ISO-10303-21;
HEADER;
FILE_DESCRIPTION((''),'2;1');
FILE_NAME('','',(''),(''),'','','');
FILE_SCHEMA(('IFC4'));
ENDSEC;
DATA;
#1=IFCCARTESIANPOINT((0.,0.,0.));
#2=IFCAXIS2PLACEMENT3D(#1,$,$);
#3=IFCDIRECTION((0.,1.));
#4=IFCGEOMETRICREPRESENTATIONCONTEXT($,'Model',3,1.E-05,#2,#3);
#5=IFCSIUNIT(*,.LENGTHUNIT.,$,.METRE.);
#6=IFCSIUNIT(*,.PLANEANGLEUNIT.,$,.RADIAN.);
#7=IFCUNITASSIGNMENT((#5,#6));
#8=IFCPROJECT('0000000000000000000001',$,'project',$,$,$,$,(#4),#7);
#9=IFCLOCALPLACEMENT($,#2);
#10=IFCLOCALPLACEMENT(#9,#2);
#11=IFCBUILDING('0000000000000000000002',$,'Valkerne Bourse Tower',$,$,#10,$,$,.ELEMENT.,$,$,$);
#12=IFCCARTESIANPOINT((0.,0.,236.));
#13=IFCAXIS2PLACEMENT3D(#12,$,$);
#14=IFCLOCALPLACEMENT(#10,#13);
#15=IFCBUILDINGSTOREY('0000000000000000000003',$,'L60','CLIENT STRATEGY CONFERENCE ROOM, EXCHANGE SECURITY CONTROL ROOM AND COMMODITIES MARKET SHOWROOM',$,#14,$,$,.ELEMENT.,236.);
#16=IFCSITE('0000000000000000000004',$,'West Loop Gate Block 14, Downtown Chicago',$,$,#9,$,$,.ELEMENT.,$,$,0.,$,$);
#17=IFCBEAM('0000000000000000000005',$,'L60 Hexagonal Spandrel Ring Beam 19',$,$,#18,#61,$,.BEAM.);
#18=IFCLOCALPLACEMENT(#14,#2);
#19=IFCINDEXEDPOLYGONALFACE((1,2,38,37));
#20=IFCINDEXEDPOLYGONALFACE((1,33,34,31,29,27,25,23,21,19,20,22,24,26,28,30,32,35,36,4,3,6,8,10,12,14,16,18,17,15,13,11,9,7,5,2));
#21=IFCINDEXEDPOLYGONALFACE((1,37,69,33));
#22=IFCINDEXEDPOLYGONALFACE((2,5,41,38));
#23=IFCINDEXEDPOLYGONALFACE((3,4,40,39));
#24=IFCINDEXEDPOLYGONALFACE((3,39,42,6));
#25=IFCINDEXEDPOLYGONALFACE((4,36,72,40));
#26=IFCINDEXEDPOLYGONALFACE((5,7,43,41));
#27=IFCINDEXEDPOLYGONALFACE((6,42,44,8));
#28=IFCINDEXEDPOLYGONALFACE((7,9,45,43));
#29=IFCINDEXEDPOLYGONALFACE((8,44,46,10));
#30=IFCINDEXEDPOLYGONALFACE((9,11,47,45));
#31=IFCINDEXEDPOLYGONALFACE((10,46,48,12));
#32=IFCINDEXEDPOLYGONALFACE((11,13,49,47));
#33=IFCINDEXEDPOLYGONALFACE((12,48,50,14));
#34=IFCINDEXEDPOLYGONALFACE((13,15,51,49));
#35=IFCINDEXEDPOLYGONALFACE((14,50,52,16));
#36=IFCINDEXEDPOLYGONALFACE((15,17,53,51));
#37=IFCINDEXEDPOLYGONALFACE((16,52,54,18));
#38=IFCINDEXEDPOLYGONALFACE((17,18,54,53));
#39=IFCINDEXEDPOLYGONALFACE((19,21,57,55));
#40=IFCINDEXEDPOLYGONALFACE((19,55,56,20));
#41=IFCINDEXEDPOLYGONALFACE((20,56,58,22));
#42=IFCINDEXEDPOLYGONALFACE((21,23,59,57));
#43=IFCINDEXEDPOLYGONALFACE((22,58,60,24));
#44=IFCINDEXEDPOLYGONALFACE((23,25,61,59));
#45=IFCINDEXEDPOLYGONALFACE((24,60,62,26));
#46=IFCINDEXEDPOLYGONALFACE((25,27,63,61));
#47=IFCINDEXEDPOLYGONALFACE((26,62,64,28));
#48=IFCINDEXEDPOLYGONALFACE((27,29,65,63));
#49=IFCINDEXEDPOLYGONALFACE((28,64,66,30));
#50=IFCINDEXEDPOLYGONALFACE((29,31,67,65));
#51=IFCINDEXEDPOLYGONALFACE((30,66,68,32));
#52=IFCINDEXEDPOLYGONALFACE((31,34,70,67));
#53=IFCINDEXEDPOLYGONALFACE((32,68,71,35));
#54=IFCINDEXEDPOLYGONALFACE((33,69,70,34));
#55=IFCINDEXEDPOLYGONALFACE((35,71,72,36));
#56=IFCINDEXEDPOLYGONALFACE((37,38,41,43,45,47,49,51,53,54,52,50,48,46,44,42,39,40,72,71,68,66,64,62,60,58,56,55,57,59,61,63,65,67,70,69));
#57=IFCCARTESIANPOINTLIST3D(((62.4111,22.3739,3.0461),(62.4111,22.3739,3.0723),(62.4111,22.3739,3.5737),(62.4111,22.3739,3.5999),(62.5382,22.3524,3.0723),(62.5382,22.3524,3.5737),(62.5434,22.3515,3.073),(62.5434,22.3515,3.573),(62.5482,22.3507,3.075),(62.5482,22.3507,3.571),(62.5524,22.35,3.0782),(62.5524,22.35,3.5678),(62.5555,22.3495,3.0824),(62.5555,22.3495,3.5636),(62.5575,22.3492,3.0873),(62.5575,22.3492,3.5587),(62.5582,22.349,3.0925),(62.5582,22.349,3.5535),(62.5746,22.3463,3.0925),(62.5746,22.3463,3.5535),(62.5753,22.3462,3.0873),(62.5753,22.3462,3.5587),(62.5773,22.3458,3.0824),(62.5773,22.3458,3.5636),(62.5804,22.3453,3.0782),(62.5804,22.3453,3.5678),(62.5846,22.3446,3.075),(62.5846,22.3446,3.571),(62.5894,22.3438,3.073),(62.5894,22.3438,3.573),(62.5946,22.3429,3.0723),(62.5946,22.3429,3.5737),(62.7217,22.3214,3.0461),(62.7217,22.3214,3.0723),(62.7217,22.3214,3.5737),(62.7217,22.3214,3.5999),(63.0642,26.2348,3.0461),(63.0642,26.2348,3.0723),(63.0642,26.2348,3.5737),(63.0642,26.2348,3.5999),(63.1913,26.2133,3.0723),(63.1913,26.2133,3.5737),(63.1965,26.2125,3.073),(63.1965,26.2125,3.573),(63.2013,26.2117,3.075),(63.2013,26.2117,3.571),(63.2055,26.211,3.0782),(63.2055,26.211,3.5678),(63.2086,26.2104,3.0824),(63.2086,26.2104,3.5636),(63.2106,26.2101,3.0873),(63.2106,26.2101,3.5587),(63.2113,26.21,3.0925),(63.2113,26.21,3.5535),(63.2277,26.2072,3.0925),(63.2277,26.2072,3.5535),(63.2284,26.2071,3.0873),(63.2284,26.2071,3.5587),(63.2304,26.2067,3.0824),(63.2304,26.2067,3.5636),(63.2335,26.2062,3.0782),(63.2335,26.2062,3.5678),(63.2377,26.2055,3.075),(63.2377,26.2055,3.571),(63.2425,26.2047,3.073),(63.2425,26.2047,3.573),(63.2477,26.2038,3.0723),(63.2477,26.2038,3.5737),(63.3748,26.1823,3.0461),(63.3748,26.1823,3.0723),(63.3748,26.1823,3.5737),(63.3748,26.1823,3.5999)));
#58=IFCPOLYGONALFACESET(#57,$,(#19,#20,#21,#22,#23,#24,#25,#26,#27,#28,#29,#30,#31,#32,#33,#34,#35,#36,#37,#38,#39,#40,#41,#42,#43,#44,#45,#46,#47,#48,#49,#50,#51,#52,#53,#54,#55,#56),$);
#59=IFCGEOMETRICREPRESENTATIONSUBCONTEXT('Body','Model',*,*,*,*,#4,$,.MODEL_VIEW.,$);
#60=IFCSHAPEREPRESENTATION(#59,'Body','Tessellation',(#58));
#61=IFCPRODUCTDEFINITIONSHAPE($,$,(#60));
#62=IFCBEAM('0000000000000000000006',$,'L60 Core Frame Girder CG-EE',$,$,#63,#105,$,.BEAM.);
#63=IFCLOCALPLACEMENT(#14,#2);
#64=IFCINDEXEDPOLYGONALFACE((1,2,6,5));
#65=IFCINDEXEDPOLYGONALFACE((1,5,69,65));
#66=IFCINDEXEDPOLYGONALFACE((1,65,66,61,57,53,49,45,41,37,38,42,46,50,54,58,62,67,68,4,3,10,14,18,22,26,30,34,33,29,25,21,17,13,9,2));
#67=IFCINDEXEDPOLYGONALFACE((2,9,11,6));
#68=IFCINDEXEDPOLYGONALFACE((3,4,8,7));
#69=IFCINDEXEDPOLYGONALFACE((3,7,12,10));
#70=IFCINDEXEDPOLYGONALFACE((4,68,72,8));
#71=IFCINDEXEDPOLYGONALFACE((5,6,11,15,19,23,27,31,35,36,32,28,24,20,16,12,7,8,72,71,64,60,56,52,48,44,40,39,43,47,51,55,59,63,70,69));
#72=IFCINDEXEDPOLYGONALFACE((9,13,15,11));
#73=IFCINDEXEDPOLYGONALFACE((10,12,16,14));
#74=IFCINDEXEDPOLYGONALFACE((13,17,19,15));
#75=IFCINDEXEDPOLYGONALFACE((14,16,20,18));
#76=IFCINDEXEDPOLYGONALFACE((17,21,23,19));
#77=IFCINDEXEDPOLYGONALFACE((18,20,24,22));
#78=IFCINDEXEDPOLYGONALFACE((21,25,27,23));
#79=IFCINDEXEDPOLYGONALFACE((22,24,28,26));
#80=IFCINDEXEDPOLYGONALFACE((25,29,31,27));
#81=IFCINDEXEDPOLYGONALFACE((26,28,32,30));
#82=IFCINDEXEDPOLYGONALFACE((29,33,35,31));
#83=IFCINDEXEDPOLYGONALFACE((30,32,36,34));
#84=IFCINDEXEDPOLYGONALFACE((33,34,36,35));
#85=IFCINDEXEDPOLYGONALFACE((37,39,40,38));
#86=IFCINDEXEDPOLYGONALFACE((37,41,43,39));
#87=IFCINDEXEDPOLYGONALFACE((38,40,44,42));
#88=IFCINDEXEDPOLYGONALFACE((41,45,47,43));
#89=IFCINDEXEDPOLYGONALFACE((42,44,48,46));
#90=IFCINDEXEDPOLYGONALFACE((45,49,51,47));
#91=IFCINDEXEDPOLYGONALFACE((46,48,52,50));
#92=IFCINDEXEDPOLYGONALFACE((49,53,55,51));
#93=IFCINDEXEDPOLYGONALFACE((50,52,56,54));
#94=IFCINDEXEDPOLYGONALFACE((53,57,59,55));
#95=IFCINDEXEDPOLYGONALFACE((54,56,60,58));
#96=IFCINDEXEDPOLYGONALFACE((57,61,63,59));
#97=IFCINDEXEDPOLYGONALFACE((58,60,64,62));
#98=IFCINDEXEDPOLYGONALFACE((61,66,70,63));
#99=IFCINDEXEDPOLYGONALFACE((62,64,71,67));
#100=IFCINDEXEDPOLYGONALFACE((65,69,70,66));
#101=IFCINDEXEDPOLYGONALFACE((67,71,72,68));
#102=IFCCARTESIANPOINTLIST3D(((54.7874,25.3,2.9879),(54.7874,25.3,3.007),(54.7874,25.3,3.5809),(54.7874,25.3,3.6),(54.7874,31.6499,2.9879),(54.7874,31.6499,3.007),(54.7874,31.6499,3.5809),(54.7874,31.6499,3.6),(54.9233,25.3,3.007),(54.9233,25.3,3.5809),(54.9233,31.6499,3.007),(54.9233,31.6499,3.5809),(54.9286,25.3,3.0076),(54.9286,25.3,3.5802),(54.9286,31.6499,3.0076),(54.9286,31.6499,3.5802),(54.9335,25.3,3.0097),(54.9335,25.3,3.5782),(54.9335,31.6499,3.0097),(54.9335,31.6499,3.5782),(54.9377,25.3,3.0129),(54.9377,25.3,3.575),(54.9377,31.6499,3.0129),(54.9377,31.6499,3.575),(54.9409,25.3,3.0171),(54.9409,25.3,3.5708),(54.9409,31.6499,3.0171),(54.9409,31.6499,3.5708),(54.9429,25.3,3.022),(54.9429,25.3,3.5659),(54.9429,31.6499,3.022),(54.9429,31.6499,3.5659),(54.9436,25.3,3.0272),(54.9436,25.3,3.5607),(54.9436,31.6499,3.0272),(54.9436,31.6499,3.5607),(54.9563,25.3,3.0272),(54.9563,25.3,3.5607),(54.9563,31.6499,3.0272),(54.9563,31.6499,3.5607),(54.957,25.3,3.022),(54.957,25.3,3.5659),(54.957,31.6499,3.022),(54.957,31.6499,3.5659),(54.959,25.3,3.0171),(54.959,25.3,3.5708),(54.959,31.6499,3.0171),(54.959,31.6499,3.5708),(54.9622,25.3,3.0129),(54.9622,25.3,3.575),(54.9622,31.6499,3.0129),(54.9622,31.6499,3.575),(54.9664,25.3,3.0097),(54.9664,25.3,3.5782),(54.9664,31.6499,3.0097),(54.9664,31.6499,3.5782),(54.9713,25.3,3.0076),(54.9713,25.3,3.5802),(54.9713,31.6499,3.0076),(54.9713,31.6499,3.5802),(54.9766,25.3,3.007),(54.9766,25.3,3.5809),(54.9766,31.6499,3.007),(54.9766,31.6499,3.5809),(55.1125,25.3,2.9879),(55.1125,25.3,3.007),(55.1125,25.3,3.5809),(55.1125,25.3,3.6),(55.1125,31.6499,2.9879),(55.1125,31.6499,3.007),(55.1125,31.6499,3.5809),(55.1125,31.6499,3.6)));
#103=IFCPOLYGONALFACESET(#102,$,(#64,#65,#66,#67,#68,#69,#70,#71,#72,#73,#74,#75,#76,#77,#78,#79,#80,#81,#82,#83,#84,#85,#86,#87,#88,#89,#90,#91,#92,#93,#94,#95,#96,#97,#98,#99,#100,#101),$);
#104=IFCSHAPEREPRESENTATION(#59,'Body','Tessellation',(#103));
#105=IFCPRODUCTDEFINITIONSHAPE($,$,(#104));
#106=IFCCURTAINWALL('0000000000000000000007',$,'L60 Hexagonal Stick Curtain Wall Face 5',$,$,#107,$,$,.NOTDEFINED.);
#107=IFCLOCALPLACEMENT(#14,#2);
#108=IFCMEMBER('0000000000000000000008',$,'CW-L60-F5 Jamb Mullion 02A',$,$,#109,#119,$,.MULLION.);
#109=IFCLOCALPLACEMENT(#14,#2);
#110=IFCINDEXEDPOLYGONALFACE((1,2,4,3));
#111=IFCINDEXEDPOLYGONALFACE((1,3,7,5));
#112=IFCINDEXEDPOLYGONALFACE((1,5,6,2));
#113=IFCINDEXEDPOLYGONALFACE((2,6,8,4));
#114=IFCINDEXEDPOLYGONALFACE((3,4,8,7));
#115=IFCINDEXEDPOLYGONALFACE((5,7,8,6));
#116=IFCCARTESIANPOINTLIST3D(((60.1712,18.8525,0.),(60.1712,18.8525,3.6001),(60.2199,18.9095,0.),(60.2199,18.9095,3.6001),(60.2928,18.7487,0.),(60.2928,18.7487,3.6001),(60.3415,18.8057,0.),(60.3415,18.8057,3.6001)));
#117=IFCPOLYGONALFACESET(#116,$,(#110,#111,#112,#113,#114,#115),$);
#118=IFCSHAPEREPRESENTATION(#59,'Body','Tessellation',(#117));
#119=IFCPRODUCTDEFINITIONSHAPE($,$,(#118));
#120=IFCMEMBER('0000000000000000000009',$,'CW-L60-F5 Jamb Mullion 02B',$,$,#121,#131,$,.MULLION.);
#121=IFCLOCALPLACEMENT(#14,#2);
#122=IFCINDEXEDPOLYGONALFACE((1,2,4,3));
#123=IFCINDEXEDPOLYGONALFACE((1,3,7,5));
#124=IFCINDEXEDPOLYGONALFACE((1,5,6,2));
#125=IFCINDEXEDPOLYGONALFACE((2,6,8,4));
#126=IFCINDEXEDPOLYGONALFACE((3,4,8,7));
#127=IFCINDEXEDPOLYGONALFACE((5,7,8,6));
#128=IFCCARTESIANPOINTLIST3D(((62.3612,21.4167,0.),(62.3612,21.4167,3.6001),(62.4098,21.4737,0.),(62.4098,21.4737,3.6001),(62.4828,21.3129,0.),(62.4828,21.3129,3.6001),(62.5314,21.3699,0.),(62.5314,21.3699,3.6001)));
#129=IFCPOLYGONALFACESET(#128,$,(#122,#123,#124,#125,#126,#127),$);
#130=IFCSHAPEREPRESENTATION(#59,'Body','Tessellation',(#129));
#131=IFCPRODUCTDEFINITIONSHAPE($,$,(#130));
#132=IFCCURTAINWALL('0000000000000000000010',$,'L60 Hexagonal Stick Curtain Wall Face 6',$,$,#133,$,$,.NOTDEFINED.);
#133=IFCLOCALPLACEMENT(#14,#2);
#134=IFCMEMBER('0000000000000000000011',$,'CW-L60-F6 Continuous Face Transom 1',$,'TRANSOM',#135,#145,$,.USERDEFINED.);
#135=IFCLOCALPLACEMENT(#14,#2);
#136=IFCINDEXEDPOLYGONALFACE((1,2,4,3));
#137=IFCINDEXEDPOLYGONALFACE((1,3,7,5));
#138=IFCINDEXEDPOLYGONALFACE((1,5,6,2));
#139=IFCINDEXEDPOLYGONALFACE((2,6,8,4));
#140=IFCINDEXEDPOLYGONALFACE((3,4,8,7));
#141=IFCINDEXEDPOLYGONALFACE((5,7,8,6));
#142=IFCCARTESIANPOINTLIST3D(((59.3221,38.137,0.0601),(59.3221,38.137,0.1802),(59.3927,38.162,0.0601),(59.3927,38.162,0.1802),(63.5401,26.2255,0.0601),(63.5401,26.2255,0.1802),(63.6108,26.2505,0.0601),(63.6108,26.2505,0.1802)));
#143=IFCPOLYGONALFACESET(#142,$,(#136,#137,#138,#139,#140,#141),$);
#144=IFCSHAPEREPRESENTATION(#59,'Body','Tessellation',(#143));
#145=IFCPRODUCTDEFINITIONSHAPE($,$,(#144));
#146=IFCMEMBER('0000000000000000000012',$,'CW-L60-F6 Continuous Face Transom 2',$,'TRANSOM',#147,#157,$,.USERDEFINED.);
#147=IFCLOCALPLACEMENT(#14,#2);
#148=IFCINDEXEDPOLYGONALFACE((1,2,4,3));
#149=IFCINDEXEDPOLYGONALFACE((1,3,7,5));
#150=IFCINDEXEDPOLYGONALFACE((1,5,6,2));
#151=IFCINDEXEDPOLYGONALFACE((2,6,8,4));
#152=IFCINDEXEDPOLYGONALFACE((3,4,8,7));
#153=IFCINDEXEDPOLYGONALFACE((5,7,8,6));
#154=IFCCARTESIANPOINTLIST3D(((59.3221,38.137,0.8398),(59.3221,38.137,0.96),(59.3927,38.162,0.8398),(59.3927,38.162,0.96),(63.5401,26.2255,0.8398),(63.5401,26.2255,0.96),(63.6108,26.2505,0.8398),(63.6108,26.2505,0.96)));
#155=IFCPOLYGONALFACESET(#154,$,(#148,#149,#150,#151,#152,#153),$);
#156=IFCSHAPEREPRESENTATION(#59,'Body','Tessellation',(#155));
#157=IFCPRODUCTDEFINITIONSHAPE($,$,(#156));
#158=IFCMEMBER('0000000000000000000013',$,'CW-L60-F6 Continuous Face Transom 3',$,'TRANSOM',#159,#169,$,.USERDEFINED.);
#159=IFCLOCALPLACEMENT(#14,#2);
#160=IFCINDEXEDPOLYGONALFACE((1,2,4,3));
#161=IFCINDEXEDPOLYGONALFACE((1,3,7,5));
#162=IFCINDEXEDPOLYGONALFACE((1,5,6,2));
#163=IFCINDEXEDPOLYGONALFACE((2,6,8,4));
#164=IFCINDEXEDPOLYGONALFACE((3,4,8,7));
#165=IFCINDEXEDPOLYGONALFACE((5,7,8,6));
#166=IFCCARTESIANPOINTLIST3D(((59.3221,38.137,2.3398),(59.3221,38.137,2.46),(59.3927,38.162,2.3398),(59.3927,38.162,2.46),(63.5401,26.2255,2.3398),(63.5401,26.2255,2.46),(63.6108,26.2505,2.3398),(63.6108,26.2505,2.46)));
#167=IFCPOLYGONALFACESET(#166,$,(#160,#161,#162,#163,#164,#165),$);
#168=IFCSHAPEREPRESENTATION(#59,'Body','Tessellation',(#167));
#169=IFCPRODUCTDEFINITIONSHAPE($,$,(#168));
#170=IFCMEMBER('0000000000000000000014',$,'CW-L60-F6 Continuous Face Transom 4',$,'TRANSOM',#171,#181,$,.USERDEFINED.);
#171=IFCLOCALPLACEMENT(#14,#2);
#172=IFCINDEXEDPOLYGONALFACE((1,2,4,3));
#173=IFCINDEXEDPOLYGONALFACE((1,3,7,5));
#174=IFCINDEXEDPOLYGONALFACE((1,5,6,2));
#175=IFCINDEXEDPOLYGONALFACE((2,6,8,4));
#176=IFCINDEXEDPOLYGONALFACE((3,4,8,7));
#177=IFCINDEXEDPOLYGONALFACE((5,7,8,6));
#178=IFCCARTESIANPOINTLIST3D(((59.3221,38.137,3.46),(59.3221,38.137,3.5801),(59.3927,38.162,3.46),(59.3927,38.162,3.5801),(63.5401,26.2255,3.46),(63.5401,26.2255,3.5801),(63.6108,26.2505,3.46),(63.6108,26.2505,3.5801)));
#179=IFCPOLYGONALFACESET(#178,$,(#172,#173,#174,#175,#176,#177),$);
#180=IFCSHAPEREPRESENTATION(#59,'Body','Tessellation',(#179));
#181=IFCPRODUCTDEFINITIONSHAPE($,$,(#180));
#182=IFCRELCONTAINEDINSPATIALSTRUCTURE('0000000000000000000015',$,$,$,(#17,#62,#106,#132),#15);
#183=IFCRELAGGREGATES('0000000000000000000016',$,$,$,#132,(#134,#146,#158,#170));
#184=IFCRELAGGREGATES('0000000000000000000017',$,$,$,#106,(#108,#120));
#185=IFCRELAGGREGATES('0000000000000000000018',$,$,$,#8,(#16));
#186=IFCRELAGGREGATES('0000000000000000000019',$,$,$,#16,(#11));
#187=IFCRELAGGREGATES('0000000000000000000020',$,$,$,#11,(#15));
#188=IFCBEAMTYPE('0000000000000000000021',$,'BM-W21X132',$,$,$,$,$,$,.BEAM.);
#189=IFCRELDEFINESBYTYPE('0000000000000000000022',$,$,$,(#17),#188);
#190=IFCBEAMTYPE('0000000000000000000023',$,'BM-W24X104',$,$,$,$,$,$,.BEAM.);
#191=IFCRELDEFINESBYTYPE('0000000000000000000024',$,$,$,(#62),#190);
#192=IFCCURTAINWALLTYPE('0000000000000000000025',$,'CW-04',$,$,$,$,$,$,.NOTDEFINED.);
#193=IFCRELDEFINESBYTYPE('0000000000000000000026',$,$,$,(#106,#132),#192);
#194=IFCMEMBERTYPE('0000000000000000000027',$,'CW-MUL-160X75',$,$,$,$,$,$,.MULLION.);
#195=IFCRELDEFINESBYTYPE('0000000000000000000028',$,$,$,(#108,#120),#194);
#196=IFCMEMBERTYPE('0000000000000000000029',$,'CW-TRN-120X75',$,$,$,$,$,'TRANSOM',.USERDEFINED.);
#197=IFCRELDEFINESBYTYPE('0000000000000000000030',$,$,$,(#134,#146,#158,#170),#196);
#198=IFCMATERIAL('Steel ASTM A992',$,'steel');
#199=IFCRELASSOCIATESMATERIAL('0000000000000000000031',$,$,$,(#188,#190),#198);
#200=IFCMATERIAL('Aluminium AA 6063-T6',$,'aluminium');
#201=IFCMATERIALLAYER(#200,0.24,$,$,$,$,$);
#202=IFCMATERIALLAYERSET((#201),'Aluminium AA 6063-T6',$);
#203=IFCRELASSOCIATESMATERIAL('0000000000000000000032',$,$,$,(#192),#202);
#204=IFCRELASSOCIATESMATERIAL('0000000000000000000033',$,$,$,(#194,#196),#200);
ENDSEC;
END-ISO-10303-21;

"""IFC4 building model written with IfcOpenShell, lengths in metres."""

from ifc_helpers import new_model, si_unit, direction, frame, origin, origin_2d, place, context, subcontext, project, spatial, rectangle, i_section, extrude, material, layer, layer_set, material_profile, profile_set, type_object, element, aggregate, save


model = new_model("IFC4")

# Units and contexts
model_context = context("Model", 3, precision=1e-05, world=origin(), true_north=direction((0.0, 1.0)))
body_context = subcontext(model_context, "Body", "Model", "MODEL_VIEW")
ifc_project = project(units=[si_unit("LENGTHUNIT", "METRE"), si_unit("PLANEANGLEUNIT", "RADIAN")], contexts=[model_context])

# Site, building, storey
site_placement = place(None, origin())
site = spatial("IfcSite", under=ifc_project, at=site_placement, Name="West Loop Gate Block 14, Downtown Chicago", CompositionType="ELEMENT", RefElevation=0.0)
building_placement = place(site_placement, origin())
building = spatial("IfcBuilding", under=site, at=building_placement, Name="Valkerne Bourse Tower", CompositionType="ELEMENT")
storey_placement = place(building_placement, frame((0.0, 0.0, 236.0)))
storey = spatial("IfcBuildingStorey", under=building, at=storey_placement, Name="L60", Description="CLIENT STRATEGY CONFERENCE ROOM, EXCHANGE SECURITY CONTROL ROOM AND COMMODITIES MARKET SHOWROOM", CompositionType="ELEMENT", Elevation=236.0)

# Beams
ifc_material_1 = material(Name="Steel ASTM A992", Category="steel")
ifc_material_profile_1 = material_profile(ifc_material_1, i_section(OverallWidth=0.3149, OverallDepth=0.5537, WebThickness=0.0166, FlangeThickness=0.0261, FilletRadius=0.0203, at=origin_2d()), Name="W21X132")
ifc_profile_set_1 = profile_set([ifc_material_profile_1], Name="Steel ASTM A992")
beam_type_1 = type_object("IfcBeamType", Name="BM-W21X132", PredefinedType="BEAM", material=ifc_profile_set_1)
beam_1_placement = place(storey_placement, frame((62.5664, 22.3477, 3.323), z_axis=(0.166785, 0.985993, 0.0), x_axis=(-0.985993, 0.166785, 0.0)))
element("IfcBeam", 1, at=beam_1_placement, inside=storey, type_object=beam_type_1, Name="L60 Hexagonal Spandrel Ring Beam 19", PredefinedType="BEAM", context=body_context, shape_type="SweptSolid", body=[
    extrude(i_section(OverallWidth=0.3149, OverallDepth=0.5537, WebThickness=0.0166, FlangeThickness=0.0261, FilletRadius=0.0203, at=origin_2d()), origin(), (0.0, 0.0, 1.0), 3.9158),
])
ifc_material_profile_2 = material_profile(ifc_material_1, i_section(OverallWidth=0.3252, OverallDepth=0.6121, WebThickness=0.0127, FlangeThickness=0.019, FilletRadius=0.0203, at=origin_2d()), Name="W24X104")
ifc_profile_set_2 = profile_set([ifc_material_profile_2], Name="Steel ASTM A992")
beam_type_2 = type_object("IfcBeamType", Name="BM-W24X104", PredefinedType="BEAM", material=ifc_profile_set_2)
beam_2_placement = place(storey_placement, frame((54.95, 25.3, 3.2939), z_axis=(0.0, 1.0, 0.0), x_axis=(-1.0, 0.0, 0.0)))
element("IfcBeam", 2, at=beam_2_placement, inside=storey, type_object=beam_type_2, Name="L60 Core Frame Girder CG-EE", PredefinedType="BEAM", context=body_context, shape_type="SweptSolid", body=[
    extrude(i_section(OverallWidth=0.3252, OverallDepth=0.6121, WebThickness=0.0127, FlangeThickness=0.019, FilletRadius=0.0203, at=origin_2d()), origin(), (0.0, 0.0, 1.0), 6.3499),
])

# Curtain walls, members
ifc_material_2 = material(Name="Aluminium AA 6063-T6", Category="aluminium")
ifc_layer_1 = layer(ifc_material_2, 0.24)
ifc_layer_set_1 = layer_set([ifc_layer_1], Name="Aluminium AA 6063-T6")
curtain_wall_type = type_object("IfcCurtainWallType", Name="CW-04", PredefinedType="NOTDEFINED", material=ifc_layer_set_1)
curtain_wall_1_placement = place(storey_placement, origin())
curtain_wall_1 = element("IfcCurtainWall", 3, at=curtain_wall_1_placement, inside=storey, type_object=curtain_wall_type, Name="L60 Hexagonal Stick Curtain Wall Face 5", PredefinedType="NOTDEFINED")
ifc_material_profile_3 = material_profile(ifc_material_2, rectangle(XDim=0.075, YDim=0.1599, at=origin_2d()), Name="CWM-75X160")
ifc_profile_set_3 = profile_set([ifc_material_profile_3], Name="Aluminium AA 6063-T6")
member_type_1 = type_object("IfcMemberType", Name="CW-MUL-160X75", PredefinedType="MULLION", material=ifc_profile_set_3)
member_1_placement = place(storey_placement, frame((60.2563, 18.8291, 0.0), z_axis=(0.0, 0.0, 1.0), x_axis=(0.649441, 0.760412, 0.0)))
member_1 = element("IfcMember", 4, at=member_1_placement, type_object=member_type_1, Name="CW-L60-F5 Jamb Mullion 02A", PredefinedType="MULLION", context=body_context, shape_type="SweptSolid", body=[
    extrude(rectangle(XDim=0.075, YDim=0.1599, at=origin_2d()), origin(), (0.0, 0.0, 1.0), 3.6001),
])
member_2_placement = place(storey_placement, frame((62.4463, 21.3933, 0.0), z_axis=(0.0, 0.0, 1.0), x_axis=(0.649441, 0.760412, 0.0)))
member_2 = element("IfcMember", 5, at=member_2_placement, type_object=member_type_1, Name="CW-L60-F5 Jamb Mullion 02B", PredefinedType="MULLION", context=body_context, shape_type="SweptSolid", body=[
    extrude(rectangle(XDim=0.075, YDim=0.1599, at=origin_2d()), origin(), (0.0, 0.0, 1.0), 3.6001),
])
curtain_wall_2_placement = place(storey_placement, origin())
curtain_wall_2 = element("IfcCurtainWall", 6, at=curtain_wall_2_placement, inside=storey, type_object=curtain_wall_type, Name="L60 Hexagonal Stick Curtain Wall Face 6", PredefinedType="NOTDEFINED")
ifc_material_profile_4 = material_profile(ifc_material_2, rectangle(XDim=0.075, YDim=0.1201, at=origin_2d()), Name="CWT-75X120")
ifc_profile_set_4 = profile_set([ifc_material_profile_4], Name="Aluminium AA 6063-T6")
member_type_2 = type_object("IfcMemberType", Name="CW-TRN-120X75", ElementType="TRANSOM", PredefinedType="USERDEFINED", material=ifc_profile_set_4)
member_3_placement = place(storey_placement, frame((63.5754, 26.238, 0.1201), z_axis=(-0.333805, 0.942642, 0.0), x_axis=(-0.942642, -0.333805, 0.0)))
member_3 = element("IfcMember", 7, at=member_3_placement, type_object=member_type_2, Name="CW-L60-F6 Continuous Face Transom 1", ObjectType="TRANSOM", PredefinedType="USERDEFINED", context=body_context, shape_type="SweptSolid", body=[
    extrude(rectangle(XDim=0.075, YDim=0.1201, at=origin_2d()), origin(), (0.0, 0.0, 1.0), 12.6362),
])
member_4_placement = place(storey_placement, frame((63.5754, 26.238, 0.8999), z_axis=(-0.333805, 0.942642, 0.0), x_axis=(-0.942642, -0.333805, 0.0)))
member_4 = element("IfcMember", 8, at=member_4_placement, type_object=member_type_2, Name="CW-L60-F6 Continuous Face Transom 2", ObjectType="TRANSOM", PredefinedType="USERDEFINED", context=body_context, shape_type="SweptSolid", body=[
    extrude(rectangle(XDim=0.075, YDim=0.1201, at=origin_2d()), origin(), (0.0, 0.0, 1.0), 12.6362),
])
member_5_placement = place(storey_placement, frame((63.5754, 26.238, 2.3999), z_axis=(-0.333805, 0.942642, 0.0), x_axis=(-0.942642, -0.333805, 0.0)))
member_5 = element("IfcMember", 9, at=member_5_placement, type_object=member_type_2, Name="CW-L60-F6 Continuous Face Transom 3", ObjectType="TRANSOM", PredefinedType="USERDEFINED", context=body_context, shape_type="SweptSolid", body=[
    extrude(rectangle(XDim=0.075, YDim=0.1201, at=origin_2d()), origin(), (0.0, 0.0, 1.0), 12.6362),
])
member_6_placement = place(storey_placement, frame((63.5754, 26.238, 3.52), z_axis=(-0.333805, 0.942642, 0.0), x_axis=(-0.942642, -0.333805, 0.0)))
member_6 = element("IfcMember", 10, at=member_6_placement, type_object=member_type_2, Name="CW-L60-F6 Continuous Face Transom 4", ObjectType="TRANSOM", PredefinedType="USERDEFINED", context=body_context, shape_type="SweptSolid", body=[
    extrude(rectangle(XDim=0.075, YDim=0.1201, at=origin_2d()), origin(), (0.0, 0.0, 1.0), 12.6362),
])
aggregate(curtain_wall_2, [member_3, member_4, member_5, member_6])

aggregate(curtain_wall_1, [member_1, member_2])

save(model, "model.ifc")
